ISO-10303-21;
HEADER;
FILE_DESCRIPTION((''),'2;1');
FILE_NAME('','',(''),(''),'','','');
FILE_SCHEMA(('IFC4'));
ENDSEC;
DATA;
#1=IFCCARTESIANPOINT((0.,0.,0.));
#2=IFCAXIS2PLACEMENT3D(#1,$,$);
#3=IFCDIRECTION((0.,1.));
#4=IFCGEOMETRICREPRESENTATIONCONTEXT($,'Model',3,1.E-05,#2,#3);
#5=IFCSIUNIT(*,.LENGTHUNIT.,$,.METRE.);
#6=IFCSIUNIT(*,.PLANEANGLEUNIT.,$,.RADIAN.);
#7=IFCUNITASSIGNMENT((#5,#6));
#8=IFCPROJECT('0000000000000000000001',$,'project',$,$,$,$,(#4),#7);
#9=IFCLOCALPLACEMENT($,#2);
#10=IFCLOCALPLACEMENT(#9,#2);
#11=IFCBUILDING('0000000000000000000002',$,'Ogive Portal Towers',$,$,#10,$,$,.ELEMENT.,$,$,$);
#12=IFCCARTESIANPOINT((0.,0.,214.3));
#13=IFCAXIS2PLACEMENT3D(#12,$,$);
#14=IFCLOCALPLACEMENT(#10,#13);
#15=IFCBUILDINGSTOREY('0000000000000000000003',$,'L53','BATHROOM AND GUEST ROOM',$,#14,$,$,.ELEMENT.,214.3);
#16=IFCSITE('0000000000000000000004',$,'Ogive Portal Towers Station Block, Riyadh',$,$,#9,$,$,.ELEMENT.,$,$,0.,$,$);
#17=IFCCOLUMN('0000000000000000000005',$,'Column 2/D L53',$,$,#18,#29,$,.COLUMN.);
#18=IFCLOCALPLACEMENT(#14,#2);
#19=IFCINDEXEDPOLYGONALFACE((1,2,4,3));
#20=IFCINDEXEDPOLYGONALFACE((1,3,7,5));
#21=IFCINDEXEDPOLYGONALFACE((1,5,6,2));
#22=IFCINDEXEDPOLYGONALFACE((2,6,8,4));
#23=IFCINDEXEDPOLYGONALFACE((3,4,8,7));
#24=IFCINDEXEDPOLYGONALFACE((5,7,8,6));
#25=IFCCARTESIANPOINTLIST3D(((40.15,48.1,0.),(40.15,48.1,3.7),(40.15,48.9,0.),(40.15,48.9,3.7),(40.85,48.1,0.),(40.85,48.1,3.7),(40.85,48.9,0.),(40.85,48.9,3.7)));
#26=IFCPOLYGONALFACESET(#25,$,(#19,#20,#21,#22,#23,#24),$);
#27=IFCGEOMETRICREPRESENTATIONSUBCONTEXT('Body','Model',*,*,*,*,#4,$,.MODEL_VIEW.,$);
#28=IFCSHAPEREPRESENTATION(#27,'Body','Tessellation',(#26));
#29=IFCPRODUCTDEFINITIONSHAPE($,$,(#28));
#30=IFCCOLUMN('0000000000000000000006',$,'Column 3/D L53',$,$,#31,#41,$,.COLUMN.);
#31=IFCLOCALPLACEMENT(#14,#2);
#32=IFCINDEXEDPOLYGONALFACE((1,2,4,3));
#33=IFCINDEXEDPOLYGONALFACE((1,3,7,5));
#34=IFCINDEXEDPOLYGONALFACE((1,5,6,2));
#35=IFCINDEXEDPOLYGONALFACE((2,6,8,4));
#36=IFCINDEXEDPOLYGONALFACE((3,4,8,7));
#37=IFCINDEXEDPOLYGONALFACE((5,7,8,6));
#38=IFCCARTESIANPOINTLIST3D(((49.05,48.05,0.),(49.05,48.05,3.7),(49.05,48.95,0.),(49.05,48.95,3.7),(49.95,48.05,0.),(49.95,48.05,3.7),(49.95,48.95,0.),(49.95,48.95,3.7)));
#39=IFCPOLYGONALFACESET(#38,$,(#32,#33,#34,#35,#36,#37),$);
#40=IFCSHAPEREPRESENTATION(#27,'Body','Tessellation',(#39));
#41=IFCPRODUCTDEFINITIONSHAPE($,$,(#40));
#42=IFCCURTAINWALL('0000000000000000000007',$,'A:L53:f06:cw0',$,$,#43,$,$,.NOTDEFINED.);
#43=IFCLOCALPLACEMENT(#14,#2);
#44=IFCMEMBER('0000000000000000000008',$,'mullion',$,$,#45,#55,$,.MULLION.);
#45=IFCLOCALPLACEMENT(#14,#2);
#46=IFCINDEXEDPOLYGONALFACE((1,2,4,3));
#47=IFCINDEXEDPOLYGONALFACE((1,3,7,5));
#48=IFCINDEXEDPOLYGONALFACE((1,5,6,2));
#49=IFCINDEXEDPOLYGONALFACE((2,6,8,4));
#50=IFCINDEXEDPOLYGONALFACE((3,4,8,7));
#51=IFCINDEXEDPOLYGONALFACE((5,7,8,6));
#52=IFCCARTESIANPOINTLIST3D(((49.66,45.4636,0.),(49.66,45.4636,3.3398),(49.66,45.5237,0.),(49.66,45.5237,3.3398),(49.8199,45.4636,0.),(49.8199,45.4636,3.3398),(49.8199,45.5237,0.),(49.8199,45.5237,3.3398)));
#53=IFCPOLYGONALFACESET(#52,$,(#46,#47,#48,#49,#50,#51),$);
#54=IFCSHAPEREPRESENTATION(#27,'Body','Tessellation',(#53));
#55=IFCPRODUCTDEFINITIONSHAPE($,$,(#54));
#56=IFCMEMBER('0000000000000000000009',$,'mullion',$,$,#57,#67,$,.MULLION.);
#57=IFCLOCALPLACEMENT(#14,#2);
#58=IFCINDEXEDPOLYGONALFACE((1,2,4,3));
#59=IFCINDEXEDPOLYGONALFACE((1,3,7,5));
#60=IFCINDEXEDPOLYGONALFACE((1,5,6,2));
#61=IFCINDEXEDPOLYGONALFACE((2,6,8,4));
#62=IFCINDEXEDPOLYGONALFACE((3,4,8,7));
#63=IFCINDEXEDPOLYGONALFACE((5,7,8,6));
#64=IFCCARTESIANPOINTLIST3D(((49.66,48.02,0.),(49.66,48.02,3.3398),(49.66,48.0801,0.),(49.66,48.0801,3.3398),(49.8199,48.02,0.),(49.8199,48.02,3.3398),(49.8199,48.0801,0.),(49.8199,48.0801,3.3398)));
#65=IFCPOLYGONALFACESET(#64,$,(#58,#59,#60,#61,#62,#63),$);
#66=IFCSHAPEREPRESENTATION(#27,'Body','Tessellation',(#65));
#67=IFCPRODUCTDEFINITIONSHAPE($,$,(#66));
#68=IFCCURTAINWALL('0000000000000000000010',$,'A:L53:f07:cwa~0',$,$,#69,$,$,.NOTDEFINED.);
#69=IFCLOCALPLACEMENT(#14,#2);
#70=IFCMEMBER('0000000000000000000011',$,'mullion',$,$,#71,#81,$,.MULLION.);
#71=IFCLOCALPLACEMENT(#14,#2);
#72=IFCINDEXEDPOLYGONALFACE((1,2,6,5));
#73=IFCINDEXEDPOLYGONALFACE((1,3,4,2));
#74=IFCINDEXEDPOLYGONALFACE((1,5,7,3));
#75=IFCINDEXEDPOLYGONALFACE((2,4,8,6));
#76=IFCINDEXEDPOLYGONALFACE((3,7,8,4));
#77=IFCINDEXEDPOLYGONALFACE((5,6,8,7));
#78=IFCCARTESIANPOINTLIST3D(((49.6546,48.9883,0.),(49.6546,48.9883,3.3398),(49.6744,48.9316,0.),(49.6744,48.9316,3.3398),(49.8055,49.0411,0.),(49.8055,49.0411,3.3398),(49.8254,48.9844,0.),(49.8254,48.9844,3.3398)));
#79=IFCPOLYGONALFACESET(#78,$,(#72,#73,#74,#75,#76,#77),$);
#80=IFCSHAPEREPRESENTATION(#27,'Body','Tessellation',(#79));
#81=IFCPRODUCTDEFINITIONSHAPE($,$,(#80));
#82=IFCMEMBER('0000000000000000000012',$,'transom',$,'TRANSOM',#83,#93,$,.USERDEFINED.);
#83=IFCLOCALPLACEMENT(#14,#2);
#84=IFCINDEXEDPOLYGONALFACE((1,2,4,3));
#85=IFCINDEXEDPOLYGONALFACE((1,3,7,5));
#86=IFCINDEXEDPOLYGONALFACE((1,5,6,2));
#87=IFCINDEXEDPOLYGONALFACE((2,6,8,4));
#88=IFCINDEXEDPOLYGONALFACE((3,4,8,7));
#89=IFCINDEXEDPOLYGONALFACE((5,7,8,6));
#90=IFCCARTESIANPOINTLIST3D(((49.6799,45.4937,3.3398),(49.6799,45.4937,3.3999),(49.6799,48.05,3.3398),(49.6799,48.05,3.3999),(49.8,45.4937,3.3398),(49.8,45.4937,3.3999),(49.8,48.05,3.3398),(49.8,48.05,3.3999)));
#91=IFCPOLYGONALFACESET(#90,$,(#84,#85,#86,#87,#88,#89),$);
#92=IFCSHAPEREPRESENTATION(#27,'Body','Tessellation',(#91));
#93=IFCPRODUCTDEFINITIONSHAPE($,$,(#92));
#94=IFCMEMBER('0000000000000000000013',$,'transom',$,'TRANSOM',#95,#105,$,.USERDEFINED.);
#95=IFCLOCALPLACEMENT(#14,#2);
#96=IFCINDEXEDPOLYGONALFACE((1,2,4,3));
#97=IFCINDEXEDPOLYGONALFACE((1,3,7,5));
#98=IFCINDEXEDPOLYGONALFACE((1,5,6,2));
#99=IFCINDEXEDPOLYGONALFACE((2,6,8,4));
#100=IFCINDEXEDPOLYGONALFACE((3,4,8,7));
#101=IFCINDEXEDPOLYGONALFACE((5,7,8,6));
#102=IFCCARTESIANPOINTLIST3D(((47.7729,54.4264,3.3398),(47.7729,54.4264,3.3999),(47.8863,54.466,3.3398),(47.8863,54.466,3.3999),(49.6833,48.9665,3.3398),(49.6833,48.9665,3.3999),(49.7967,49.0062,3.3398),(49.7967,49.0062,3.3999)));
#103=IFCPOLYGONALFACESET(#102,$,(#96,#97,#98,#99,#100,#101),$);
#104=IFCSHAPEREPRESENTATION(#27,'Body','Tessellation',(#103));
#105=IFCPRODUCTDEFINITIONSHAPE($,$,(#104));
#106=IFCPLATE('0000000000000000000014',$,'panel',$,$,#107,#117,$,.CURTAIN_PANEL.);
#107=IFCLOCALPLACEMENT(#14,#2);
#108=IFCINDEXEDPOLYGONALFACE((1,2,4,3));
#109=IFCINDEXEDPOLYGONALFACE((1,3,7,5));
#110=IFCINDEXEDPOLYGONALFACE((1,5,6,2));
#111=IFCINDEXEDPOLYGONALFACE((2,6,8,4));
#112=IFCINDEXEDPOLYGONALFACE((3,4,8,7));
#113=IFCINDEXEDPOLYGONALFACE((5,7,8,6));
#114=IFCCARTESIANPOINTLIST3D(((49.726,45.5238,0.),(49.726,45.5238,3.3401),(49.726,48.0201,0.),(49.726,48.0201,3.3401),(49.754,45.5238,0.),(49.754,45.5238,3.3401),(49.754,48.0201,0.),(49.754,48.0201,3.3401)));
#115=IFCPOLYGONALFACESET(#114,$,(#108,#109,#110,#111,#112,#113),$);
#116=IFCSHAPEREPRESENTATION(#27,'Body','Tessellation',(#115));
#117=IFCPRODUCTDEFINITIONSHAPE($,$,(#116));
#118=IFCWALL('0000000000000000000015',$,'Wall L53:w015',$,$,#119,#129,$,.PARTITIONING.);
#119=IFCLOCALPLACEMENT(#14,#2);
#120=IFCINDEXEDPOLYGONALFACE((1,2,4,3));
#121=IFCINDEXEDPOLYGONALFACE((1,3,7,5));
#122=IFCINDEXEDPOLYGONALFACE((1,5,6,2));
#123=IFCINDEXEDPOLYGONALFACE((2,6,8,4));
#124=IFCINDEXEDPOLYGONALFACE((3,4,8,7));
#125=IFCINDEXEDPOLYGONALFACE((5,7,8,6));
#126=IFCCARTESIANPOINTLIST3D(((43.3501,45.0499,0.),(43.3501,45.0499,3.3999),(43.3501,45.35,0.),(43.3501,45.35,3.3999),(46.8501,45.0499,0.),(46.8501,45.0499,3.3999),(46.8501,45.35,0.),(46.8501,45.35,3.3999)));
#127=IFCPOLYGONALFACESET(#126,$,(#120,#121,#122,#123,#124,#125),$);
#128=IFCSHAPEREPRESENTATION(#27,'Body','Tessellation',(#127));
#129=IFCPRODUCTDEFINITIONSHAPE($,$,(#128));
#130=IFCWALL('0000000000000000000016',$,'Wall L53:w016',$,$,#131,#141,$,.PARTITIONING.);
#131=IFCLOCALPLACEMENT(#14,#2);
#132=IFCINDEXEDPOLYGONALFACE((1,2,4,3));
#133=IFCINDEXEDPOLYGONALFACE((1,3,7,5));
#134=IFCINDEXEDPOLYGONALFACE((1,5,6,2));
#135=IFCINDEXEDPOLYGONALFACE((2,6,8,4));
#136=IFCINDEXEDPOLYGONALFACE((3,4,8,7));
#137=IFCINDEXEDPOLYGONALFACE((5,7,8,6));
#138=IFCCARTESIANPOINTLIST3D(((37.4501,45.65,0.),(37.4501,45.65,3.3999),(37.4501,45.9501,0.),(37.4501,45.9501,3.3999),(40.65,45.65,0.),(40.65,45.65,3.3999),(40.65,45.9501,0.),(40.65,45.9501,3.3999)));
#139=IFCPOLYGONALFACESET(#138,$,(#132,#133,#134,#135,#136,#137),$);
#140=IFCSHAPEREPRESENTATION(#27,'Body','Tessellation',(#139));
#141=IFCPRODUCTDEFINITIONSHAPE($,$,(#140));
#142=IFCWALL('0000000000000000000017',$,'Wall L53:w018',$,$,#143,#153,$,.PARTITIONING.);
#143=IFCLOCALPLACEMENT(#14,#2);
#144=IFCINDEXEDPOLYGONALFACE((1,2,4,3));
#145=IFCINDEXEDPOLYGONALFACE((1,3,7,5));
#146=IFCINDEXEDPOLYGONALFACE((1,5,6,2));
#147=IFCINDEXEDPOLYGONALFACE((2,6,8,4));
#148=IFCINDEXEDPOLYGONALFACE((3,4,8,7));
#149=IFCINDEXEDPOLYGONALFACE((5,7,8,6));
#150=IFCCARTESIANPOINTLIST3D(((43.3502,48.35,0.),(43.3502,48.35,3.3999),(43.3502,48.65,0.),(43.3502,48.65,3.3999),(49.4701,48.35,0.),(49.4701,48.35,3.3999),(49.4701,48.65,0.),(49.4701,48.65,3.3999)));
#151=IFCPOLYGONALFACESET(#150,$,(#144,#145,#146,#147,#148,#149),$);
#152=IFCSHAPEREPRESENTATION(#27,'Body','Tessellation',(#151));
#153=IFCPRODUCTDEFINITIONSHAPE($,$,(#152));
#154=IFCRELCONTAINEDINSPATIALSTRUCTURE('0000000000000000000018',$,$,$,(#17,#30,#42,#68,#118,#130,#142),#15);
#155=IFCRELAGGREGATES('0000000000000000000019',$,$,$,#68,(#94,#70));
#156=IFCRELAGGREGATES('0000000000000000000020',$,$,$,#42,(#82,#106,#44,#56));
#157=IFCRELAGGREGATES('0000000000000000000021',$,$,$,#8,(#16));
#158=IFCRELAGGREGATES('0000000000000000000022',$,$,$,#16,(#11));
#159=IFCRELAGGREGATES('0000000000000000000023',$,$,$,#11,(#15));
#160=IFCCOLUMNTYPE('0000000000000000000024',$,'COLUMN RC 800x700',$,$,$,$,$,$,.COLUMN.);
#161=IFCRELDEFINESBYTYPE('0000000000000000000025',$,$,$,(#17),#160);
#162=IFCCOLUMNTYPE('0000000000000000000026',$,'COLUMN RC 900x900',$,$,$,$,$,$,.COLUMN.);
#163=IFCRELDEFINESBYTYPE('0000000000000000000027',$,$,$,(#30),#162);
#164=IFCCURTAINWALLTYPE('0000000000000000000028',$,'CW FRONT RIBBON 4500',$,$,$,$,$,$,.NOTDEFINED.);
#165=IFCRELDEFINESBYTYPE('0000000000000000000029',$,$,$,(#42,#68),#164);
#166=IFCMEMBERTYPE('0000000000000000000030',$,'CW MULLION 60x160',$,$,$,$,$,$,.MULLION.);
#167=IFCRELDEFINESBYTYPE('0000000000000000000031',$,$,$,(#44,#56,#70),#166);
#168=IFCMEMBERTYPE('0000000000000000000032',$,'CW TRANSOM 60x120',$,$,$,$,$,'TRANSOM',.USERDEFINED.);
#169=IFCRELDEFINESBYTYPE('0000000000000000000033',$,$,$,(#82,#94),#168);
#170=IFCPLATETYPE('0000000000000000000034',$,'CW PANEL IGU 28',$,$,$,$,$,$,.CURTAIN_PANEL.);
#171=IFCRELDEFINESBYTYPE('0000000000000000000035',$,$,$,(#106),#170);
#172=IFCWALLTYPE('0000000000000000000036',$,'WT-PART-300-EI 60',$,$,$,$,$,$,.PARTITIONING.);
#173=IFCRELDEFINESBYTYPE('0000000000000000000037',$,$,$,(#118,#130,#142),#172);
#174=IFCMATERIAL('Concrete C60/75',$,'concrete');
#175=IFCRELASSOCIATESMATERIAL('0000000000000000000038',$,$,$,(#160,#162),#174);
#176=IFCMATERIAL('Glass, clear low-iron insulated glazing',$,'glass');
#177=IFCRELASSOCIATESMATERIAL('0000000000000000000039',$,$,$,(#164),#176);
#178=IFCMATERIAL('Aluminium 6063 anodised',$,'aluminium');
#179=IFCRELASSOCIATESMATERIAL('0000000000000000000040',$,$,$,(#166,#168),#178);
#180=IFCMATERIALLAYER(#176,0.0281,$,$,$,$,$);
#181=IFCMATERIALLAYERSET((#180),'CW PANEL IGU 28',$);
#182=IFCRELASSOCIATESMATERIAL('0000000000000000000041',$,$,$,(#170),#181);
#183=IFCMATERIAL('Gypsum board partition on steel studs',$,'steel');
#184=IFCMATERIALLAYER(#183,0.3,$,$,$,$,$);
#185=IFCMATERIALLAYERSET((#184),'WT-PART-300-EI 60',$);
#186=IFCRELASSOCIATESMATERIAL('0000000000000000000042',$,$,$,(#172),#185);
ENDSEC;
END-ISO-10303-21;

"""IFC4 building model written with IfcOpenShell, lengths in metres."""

from ifc_helpers import new_model, si_unit, direction, frame, frame_2d, origin, origin_2d, place, context, subcontext, project, spatial, rectangle, extrude, material, layer, layer_set, material_profile, profile_set, type_object, element, aggregate, save


model = new_model("IFC4")

# Units and contexts
model_context = context("Model", 3, precision=1e-05, world=origin(), true_north=direction((0.0, 1.0)))
body_context = subcontext(model_context, "Body", "Model", "MODEL_VIEW")
ifc_project = project(units=[si_unit("LENGTHUNIT", "METRE"), si_unit("PLANEANGLEUNIT", "RADIAN")], contexts=[model_context])

# Site, building, storey
site_placement = place(None, origin())
site = spatial("IfcSite", under=ifc_project, at=site_placement, Name="Ogive Portal Towers Station Block, Riyadh", CompositionType="ELEMENT", RefElevation=0.0)
building_placement = place(site_placement, origin())
building = spatial("IfcBuilding", under=site, at=building_placement, Name="Ogive Portal Towers", CompositionType="ELEMENT")
storey_placement = place(building_placement, frame((0.0, 0.0, 214.3)))
storey = spatial("IfcBuildingStorey", under=building, at=storey_placement, Name="L53", Description="BATHROOM AND GUEST ROOM", CompositionType="ELEMENT", Elevation=214.3)

# Columns
ifc_material_1 = material(Name="Concrete C60/75", Category="concrete")
ifc_material_profile_1 = material_profile(ifc_material_1, rectangle(XDim=0.8, YDim=0.7, at=origin_2d()), Name="RC 800x700")
ifc_profile_set_1 = profile_set([ifc_material_profile_1], Name="Concrete C60/75")
column_type_1 = type_object("IfcColumnType", Name="COLUMN RC 800x700", PredefinedType="COLUMN", material=ifc_profile_set_1)
column_1_placement = place(storey_placement, frame((40.5, 48.5, 0.0), z_axis=(0.0, 0.0, 1.0), x_axis=(0.0, 1.0, 0.0)))
element("IfcColumn", 1, at=column_1_placement, inside=storey, type_object=column_type_1, Name="Column 2/D L53", PredefinedType="COLUMN", context=body_context, shape_type="SweptSolid", body=[
    extrude(rectangle(XDim=0.8, YDim=0.7, at=origin_2d()), origin(), (0.0, 0.0, 1.0), 3.7),
])
ifc_material_profile_2 = material_profile(ifc_material_1, rectangle(XDim=0.8999, YDim=0.8999, at=origin_2d()), Name="RC 900x900")
ifc_profile_set_2 = profile_set([ifc_material_profile_2], Name="Concrete C60/75")
column_type_2 = type_object("IfcColumnType", Name="COLUMN RC 900x900", PredefinedType="COLUMN", material=ifc_profile_set_2)
column_2_placement = place(storey_placement, frame((49.5, 48.5, 0.0), z_axis=(0.0, 0.0, 1.0), x_axis=(1.0, 0.0, 0.0)))
element("IfcColumn", 2, at=column_2_placement, inside=storey, type_object=column_type_2, Name="Column 3/D L53", PredefinedType="COLUMN", context=body_context, shape_type="SweptSolid", body=[
    extrude(rectangle(XDim=0.8999, YDim=0.8999, at=origin_2d()), origin(), (0.0, 0.0, 1.0), 3.7),
])

# Curtain wall, members
ifc_material_2 = material(Name="Glass, clear low-iron insulated glazing", Category="glass")
curtain_wall_type = type_object("IfcCurtainWallType", Name="CW FRONT RIBBON 4500", PredefinedType="NOTDEFINED", material=ifc_material_2)
curtain_wall_1_placement = place(storey_placement, origin())
curtain_wall_1 = element("IfcCurtainWall", 3, at=curtain_wall_1_placement, inside=storey, type_object=curtain_wall_type, Name="A:L53:f06:cw0", PredefinedType="NOTDEFINED")
ifc_material_3 = material(Name="Aluminium 6063 anodised", Category="aluminium")
ifc_material_profile_3 = material_profile(ifc_material_3, rectangle(XDim=0.1599, YDim=0.0601, at=origin_2d()), Name="AL 60x160")
ifc_profile_set_3 = profile_set([ifc_material_profile_3], Name="Aluminium 6063 anodised")
member_type_1 = type_object("IfcMemberType", Name="CW MULLION 60x160", PredefinedType="MULLION", material=ifc_profile_set_3)
member_1_placement = place(storey_placement, frame((49.74, 45.4937, 0.0), z_axis=(0.0, 0.0, 1.0), x_axis=(-1.0, 0.0, 0.0)))
member_1 = element("IfcMember", 4, at=member_1_placement, type_object=member_type_1, Name="mullion", PredefinedType="MULLION", context=body_context, shape_type="SweptSolid", body=[
    extrude(rectangle(XDim=0.1599, YDim=0.0601, at=origin_2d()), origin(), (0.0, 0.0, 1.0), 3.3398),
])
member_2_placement = place(storey_placement, frame((49.74, 48.05, 0.0), z_axis=(0.0, 0.0, 1.0), x_axis=(-1.0, 0.0, 0.0)))
member_2 = element("IfcMember", 5, at=member_2_placement, type_object=member_type_1, Name="mullion", PredefinedType="MULLION", context=body_context, shape_type="SweptSolid", body=[
    extrude(rectangle(XDim=0.1599, YDim=0.0601, at=origin_2d()), origin(), (0.0, 0.0, 1.0), 3.3398),
])

# Curtain wall, member
curtain_wall_2_placement = place(storey_placement, origin())
curtain_wall_2 = element("IfcCurtainWall", 6, at=curtain_wall_2_placement, inside=storey, type_object=curtain_wall_type, Name="A:L53:f07:cwa~0", PredefinedType="NOTDEFINED")
member_3_placement = place(storey_placement, frame((49.74, 48.9863, 0.0), z_axis=(0.0, 0.0, 1.0), x_axis=(-0.943883, -0.330279, 0.0)))
member_3 = element("IfcMember", 7, at=member_3_placement, type_object=member_type_1, Name="mullion", PredefinedType="MULLION", context=body_context, shape_type="SweptSolid", body=[
    extrude(rectangle(XDim=0.1599, YDim=0.0601, at=origin_2d()), origin(), (0.0, 0.0, 1.0), 3.3398),
])

# Members
ifc_material_profile_4 = material_profile(ifc_material_3, rectangle(XDim=0.1201, YDim=0.0601, at=origin_2d()), Name="AL 120x60")
ifc_profile_set_4 = profile_set([ifc_material_profile_4], Name="Aluminium 6063 anodised")
member_type_2 = type_object("IfcMemberType", Name="CW TRANSOM 60x120", ElementType="TRANSOM", PredefinedType="USERDEFINED", material=ifc_profile_set_4)
member_4_placement = place(storey_placement, frame((49.74, 45.4937, 3.3699), z_axis=(0.0, 1.0, 0.0), x_axis=(-1.0, 0.0, 0.0)))
member_4 = element("IfcMember", 8, at=member_4_placement, type_object=member_type_2, Name="transom", ObjectType="TRANSOM", PredefinedType="USERDEFINED", context=body_context, shape_type="SweptSolid", body=[
    extrude(rectangle(XDim=0.1201, YDim=0.0601, at=origin_2d()), origin(), (0.0, 0.0, 1.0), 2.5564),
])
member_5_placement = place(storey_placement, frame((49.74, 48.9863, 3.3699), z_axis=(-0.33026, 0.94389, 0.0), x_axis=(-0.94389, -0.33026, 0.0)))
member_5 = element("IfcMember", 9, at=member_5_placement, type_object=member_type_2, Name="transom", ObjectType="TRANSOM", PredefinedType="USERDEFINED", context=body_context, shape_type="SweptSolid", body=[
    extrude(rectangle(XDim=0.1201, YDim=0.0601, at=origin_2d()), origin(), (0.0, 0.0, 1.0), 5.7844),
])
aggregate(curtain_wall_2, [member_5, member_3])

# Plate
ifc_layer_1 = layer(ifc_material_2, 0.0281)
ifc_layer_set_1 = layer_set([ifc_layer_1], Name="CW PANEL IGU 28")
plate_type = type_object("IfcPlateType", Name="CW PANEL IGU 28", PredefinedType="CURTAIN_PANEL", material=ifc_layer_set_1)
plate_placement = place(storey_placement, frame((49.74, 46.772, 0.0), z_axis=(0.0, 0.0, 1.0), x_axis=(0.0, 1.0, 0.0)))
plate = element("IfcPlate", 10, at=plate_placement, type_object=plate_type, Name="panel", PredefinedType="CURTAIN_PANEL", context=body_context, shape_type="SweptSolid", body=[
    extrude(rectangle(XDim=2.4963, YDim=0.0281, at=origin_2d()), origin(), (0.0, 0.0, 1.0), 3.3401),
])
aggregate(curtain_wall_1, [member_4, plate, member_1, member_2])

# Walls
ifc_material_4 = material(Name="Gypsum board partition on steel studs", Category="steel")
ifc_layer_2 = layer(ifc_material_4, 0.3)
ifc_layer_set_2 = layer_set([ifc_layer_2], Name="WT-PART-300-EI 60")
wall_type = type_object("IfcWallType", Name="WT-PART-300-EI 60", PredefinedType="PARTITIONING", material=ifc_layer_set_2)
wall_1_placement = place(storey_placement, frame((43.3501, 45.2, 0.0), z_axis=(0.0, 0.0, 1.0), x_axis=(1.0, 0.0, 0.0)))
element("IfcWall", 11, at=wall_1_placement, inside=storey, type_object=wall_type, Name="Wall L53:w015", PredefinedType="PARTITIONING", context=body_context, shape_type="SweptSolid", body=[
    extrude(rectangle(XDim=3.5, YDim=0.3, at=frame_2d((1.75, 0.0))), origin(), (0.0, 0.0, 1.0), 3.3999),
])
wall_2_placement = place(storey_placement, frame((37.45, 45.8, 0.0), z_axis=(0.0, 0.0, 1.0), x_axis=(1.0, 0.0, 0.0)))
element("IfcWall", 12, at=wall_2_placement, inside=storey, type_object=wall_type, Name="Wall L53:w016", PredefinedType="PARTITIONING", context=body_context, shape_type="SweptSolid", body=[
    extrude(rectangle(XDim=3.2, YDim=0.3, at=frame_2d((1.6001, 0.0))), origin(), (0.0, 0.0, 1.0), 3.3999),
])
wall_3_placement = place(storey_placement, frame((43.3501, 48.5, 0.0), z_axis=(0.0, 0.0, 1.0), x_axis=(1.0, 0.0, 0.0)))
element("IfcWall", 13, at=wall_3_placement, inside=storey, type_object=wall_type, Name="Wall L53:w018", PredefinedType="PARTITIONING", context=body_context, shape_type="SweptSolid", body=[
    extrude(rectangle(XDim=6.1199, YDim=0.3, at=frame_2d((3.0601, 0.0))), origin(), (0.0, 0.0, 1.0), 3.3999),
])

save(model, "model.ifc")
